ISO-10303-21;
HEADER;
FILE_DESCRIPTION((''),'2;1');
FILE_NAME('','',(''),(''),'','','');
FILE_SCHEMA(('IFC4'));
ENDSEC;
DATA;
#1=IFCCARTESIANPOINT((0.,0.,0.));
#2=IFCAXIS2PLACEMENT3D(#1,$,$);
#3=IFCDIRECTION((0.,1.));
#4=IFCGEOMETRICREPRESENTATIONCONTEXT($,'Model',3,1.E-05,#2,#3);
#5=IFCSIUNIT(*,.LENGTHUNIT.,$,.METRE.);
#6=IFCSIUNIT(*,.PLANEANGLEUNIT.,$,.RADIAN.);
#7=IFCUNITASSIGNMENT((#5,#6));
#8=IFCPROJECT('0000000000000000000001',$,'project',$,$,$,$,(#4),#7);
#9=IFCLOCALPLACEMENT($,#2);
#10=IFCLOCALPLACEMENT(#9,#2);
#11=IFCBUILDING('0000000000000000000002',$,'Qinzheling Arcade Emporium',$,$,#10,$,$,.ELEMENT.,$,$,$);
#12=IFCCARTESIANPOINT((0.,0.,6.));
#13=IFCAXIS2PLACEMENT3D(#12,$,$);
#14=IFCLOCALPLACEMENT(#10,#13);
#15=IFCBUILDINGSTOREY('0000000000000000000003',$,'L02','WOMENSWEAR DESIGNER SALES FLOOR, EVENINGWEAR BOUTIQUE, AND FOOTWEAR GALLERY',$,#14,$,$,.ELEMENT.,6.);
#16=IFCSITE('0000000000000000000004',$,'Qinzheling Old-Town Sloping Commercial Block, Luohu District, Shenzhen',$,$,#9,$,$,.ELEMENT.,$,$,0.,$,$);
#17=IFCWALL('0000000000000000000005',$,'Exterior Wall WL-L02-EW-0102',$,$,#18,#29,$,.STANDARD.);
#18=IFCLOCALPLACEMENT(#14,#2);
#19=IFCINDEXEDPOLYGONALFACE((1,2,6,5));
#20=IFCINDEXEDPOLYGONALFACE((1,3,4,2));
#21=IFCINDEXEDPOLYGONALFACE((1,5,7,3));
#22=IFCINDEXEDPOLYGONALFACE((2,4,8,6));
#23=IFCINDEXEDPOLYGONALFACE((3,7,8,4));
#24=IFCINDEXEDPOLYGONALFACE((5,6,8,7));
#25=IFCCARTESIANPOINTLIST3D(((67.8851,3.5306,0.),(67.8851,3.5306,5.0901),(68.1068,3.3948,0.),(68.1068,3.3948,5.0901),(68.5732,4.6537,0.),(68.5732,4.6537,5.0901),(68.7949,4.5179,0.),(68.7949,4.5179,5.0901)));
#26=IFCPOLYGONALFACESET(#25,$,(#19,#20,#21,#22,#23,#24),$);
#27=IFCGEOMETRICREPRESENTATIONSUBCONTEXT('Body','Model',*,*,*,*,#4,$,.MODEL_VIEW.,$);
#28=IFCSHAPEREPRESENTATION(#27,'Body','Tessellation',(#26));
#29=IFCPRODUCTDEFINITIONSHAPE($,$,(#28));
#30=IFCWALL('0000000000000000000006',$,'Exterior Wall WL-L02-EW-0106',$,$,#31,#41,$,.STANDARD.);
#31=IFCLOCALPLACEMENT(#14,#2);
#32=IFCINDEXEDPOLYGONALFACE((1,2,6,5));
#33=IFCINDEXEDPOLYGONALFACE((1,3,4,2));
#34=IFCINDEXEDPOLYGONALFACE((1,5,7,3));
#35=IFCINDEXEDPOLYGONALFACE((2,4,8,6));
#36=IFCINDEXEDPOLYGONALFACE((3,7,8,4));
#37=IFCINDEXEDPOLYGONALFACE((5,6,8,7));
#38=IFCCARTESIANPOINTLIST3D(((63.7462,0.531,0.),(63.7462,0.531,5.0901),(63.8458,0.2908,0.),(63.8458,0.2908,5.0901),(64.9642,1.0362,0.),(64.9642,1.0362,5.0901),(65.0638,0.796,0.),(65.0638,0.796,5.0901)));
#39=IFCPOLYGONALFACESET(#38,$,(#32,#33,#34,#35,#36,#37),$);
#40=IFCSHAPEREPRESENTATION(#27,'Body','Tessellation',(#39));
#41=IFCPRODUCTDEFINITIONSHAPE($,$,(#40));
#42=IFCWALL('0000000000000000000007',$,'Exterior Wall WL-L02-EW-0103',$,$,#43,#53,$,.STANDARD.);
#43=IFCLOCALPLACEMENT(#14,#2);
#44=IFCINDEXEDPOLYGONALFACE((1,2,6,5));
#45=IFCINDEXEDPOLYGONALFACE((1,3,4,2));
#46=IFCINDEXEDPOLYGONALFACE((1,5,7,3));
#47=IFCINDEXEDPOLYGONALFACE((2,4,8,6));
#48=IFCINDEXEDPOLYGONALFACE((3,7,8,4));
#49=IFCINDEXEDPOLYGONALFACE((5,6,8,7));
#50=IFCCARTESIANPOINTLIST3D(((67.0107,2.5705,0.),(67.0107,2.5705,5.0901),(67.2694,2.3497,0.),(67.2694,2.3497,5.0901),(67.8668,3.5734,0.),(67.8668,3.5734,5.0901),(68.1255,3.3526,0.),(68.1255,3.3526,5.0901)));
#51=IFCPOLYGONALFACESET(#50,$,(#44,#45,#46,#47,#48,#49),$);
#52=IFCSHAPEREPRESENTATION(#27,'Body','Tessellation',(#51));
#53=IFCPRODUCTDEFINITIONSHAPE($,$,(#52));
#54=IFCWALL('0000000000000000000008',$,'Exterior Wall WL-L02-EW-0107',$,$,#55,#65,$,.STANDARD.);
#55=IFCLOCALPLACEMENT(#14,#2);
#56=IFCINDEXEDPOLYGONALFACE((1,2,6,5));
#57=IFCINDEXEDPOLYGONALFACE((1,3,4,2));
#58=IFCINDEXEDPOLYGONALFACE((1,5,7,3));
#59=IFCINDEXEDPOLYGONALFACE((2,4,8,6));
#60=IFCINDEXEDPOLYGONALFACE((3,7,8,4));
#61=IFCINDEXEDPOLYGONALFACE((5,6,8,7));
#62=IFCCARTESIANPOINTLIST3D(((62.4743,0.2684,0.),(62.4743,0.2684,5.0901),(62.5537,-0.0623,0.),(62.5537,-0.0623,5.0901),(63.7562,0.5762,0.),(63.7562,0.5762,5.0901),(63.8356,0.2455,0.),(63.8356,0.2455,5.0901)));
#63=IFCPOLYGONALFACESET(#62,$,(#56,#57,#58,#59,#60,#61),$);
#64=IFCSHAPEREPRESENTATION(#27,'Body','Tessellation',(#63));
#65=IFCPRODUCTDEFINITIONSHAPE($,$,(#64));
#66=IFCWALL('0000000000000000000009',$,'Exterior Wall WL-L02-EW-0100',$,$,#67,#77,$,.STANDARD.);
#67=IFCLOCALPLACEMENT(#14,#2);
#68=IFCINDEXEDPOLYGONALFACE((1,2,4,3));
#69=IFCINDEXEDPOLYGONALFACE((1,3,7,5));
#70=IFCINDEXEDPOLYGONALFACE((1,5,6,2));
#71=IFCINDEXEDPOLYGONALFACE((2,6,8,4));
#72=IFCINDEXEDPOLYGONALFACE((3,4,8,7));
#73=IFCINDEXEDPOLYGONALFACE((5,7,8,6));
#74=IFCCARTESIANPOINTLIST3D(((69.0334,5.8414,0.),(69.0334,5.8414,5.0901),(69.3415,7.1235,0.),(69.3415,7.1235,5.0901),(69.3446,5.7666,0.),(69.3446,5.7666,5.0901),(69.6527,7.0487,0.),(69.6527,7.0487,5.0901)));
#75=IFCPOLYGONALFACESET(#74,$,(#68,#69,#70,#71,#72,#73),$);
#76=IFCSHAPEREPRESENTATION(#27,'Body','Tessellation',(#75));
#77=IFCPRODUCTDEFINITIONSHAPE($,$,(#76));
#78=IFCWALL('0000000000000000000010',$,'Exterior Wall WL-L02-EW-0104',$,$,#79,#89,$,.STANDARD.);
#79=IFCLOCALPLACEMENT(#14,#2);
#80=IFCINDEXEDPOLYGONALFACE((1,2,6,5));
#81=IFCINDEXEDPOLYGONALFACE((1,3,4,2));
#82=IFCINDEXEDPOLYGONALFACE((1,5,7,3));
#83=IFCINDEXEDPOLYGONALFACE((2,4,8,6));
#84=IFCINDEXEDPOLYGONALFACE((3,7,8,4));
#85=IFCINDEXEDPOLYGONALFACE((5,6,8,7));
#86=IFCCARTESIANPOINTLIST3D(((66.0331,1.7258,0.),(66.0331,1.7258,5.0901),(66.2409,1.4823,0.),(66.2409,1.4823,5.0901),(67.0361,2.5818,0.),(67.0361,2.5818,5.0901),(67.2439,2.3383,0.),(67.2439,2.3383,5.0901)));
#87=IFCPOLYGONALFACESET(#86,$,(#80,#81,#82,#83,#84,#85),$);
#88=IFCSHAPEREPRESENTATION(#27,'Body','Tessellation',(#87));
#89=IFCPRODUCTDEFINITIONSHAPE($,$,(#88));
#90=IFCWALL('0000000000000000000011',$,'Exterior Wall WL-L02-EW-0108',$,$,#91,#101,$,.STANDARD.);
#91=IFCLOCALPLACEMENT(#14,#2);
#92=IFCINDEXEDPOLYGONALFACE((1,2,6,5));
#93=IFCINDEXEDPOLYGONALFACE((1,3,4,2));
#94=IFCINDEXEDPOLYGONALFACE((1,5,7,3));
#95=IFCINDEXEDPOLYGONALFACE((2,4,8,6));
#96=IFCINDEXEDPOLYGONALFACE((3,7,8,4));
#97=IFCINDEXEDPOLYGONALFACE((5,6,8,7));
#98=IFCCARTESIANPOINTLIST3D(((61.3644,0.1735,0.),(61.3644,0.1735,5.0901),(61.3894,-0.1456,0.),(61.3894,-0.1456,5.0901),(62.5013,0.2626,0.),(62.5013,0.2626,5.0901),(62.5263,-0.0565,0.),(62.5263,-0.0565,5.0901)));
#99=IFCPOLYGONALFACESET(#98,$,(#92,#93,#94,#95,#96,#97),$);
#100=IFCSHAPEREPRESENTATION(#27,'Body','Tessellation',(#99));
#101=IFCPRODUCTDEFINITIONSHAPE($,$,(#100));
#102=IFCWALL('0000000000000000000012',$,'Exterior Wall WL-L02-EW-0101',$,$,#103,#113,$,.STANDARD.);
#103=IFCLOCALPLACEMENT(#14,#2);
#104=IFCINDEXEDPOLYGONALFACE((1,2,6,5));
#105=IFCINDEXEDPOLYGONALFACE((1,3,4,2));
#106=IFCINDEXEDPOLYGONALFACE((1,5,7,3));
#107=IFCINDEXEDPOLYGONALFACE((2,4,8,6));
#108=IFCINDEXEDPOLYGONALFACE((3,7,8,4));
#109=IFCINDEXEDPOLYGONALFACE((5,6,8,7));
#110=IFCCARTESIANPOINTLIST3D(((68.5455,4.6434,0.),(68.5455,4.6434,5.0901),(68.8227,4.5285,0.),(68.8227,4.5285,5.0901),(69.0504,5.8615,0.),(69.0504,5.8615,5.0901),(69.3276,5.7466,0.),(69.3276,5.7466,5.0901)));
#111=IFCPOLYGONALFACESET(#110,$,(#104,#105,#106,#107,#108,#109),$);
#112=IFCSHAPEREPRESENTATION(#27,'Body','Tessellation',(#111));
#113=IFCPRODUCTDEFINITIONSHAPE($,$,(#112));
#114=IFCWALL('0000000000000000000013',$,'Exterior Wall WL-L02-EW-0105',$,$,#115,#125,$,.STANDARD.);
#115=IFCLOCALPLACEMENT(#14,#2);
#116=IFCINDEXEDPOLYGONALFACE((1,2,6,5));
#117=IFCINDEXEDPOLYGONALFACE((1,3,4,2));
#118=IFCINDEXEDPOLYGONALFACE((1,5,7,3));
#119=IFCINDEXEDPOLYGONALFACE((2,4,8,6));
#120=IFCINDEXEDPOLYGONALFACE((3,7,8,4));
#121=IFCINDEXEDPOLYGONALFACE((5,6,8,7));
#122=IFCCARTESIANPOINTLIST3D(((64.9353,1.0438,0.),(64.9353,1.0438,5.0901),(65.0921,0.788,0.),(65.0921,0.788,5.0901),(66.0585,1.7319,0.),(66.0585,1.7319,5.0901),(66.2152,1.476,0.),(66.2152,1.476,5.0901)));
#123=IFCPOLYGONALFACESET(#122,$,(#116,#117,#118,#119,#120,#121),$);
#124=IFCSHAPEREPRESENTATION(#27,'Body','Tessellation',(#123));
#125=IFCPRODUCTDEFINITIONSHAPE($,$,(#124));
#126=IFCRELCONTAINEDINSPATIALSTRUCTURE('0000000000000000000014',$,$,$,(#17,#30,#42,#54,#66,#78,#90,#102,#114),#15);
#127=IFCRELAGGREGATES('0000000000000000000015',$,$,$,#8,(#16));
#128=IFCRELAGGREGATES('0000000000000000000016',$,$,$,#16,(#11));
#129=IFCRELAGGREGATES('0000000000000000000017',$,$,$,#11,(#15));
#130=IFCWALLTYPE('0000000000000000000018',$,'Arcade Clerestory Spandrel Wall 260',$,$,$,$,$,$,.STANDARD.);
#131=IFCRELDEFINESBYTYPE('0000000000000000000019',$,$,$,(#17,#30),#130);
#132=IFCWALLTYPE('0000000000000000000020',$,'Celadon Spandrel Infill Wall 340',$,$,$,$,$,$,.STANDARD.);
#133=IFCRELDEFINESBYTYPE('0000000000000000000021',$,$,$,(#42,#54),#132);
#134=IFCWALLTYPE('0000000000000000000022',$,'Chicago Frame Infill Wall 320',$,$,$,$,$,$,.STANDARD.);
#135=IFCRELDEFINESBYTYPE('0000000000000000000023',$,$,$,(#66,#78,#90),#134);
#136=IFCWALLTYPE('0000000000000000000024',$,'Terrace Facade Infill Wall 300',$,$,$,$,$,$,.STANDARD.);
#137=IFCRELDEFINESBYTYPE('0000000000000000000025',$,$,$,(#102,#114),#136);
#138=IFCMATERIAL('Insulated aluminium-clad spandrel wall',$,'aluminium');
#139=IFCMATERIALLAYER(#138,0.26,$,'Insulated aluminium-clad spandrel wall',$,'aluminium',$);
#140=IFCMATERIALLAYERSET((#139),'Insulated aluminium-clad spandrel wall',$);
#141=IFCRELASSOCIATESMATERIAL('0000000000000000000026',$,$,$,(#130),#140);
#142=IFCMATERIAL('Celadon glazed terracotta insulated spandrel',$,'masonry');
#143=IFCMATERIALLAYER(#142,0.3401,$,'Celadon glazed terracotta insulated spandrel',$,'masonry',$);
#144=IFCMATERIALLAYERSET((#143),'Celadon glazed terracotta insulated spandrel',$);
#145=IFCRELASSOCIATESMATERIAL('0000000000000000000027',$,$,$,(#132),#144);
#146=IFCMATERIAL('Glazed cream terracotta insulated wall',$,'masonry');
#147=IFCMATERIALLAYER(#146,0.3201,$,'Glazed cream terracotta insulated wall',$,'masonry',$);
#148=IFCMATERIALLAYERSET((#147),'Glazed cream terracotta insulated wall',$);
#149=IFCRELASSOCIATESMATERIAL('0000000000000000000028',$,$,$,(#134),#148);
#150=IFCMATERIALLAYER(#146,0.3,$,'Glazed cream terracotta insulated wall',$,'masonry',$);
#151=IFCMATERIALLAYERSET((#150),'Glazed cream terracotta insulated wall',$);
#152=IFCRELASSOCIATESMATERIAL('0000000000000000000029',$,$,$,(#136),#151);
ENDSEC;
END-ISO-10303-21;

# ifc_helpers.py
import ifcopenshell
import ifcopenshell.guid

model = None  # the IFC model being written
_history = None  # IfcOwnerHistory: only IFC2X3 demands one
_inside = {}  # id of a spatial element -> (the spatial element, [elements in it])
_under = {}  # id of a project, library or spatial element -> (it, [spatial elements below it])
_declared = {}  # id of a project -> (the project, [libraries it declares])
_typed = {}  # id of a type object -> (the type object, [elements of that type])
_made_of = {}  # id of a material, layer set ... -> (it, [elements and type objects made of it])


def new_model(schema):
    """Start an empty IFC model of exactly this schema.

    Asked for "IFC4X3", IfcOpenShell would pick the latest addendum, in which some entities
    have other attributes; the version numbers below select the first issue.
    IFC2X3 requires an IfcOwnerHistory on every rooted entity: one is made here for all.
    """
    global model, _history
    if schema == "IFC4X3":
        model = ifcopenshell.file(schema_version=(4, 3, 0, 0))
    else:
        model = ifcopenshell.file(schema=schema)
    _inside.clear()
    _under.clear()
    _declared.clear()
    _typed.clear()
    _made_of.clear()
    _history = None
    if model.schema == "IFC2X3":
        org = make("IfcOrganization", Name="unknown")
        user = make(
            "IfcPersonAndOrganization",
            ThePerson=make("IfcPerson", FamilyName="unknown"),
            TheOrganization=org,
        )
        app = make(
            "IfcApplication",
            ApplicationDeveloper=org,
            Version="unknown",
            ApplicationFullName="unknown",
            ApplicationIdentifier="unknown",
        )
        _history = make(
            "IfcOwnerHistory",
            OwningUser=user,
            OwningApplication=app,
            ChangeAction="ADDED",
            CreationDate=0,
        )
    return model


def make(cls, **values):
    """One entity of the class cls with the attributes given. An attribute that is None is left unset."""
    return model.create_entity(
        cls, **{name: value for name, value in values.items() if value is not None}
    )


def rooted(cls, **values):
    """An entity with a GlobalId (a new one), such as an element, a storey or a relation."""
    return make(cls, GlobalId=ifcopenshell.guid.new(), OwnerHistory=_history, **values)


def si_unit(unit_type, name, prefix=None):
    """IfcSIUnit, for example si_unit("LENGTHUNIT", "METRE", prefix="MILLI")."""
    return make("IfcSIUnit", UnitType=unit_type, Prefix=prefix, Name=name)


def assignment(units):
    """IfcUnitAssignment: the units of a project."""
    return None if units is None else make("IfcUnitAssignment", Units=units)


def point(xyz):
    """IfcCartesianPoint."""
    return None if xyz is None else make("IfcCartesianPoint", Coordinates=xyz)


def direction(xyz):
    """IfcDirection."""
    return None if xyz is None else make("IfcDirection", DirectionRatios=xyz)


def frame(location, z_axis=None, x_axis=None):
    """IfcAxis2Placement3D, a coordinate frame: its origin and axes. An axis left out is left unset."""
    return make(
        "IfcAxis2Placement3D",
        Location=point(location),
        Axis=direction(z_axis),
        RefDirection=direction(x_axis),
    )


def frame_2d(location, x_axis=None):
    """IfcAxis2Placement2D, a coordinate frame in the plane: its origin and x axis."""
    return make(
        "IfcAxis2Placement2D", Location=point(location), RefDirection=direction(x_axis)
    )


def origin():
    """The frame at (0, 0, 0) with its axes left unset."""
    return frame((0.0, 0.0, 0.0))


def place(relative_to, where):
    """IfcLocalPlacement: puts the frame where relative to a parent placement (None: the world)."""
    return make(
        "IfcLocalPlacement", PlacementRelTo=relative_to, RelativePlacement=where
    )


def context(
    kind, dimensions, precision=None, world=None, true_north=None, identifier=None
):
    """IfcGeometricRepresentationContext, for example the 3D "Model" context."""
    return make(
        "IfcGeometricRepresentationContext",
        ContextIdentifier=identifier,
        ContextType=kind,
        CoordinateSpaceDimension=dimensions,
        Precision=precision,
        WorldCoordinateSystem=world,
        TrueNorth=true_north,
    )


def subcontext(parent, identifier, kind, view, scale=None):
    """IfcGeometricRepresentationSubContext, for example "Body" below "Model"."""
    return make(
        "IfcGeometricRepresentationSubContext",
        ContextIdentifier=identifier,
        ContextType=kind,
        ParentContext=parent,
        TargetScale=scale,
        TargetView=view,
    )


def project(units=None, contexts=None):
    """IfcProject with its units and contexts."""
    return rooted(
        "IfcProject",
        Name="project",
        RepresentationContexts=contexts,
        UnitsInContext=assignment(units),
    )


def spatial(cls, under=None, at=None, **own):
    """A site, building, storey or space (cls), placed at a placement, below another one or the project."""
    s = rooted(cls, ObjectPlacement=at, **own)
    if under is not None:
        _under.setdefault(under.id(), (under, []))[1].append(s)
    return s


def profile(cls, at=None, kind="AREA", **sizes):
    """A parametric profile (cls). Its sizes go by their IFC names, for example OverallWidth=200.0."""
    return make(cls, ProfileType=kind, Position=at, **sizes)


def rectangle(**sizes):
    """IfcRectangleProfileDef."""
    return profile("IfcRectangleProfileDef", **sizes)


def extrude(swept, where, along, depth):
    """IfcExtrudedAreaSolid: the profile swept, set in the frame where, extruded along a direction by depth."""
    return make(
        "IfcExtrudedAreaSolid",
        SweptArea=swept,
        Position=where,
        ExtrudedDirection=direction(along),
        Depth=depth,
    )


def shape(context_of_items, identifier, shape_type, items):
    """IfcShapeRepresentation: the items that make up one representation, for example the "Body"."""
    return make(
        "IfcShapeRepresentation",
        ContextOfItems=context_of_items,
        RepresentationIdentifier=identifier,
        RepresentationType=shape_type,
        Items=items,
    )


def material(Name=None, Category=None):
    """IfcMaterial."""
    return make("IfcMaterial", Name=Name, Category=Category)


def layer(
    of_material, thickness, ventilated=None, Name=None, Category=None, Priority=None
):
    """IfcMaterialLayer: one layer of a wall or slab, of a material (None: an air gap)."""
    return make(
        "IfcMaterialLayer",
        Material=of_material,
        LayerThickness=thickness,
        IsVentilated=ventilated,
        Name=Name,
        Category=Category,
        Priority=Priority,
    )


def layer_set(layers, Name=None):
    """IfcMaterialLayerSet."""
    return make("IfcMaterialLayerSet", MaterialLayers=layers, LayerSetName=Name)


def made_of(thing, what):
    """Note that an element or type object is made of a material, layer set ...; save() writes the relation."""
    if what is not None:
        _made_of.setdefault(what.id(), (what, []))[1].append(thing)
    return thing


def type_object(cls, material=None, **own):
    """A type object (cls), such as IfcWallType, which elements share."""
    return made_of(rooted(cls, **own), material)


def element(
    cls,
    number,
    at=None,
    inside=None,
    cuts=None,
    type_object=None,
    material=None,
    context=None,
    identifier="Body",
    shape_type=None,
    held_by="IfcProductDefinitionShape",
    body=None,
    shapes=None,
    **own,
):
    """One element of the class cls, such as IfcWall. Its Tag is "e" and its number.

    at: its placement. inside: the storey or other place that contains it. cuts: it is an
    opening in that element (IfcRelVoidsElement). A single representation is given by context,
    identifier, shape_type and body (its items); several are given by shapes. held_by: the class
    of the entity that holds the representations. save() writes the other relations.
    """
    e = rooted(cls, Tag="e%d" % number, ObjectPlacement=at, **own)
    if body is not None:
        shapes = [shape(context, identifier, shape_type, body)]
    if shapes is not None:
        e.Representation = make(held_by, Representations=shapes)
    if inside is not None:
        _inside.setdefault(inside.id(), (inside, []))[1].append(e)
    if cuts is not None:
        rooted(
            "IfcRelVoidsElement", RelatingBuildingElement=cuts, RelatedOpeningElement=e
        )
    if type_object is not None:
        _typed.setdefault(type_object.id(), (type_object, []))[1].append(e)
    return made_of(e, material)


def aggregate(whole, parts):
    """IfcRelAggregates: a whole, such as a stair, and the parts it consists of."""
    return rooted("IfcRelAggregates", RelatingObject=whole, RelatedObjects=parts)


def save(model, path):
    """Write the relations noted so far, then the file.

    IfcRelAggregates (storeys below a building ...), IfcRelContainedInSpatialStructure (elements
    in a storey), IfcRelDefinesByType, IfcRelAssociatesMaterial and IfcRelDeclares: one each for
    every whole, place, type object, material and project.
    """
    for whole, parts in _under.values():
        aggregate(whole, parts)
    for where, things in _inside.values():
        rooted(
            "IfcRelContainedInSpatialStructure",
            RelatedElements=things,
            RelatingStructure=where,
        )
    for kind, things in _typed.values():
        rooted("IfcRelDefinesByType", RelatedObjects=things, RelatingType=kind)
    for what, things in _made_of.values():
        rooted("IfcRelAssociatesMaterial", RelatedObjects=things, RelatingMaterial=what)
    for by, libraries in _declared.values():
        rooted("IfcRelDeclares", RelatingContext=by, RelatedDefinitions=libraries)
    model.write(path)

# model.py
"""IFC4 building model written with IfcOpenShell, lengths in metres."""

from ifc_helpers import new_model, si_unit, direction, frame, frame_2d, origin, place, context, subcontext, project, spatial, rectangle, extrude, material, layer, layer_set, type_object, element, save


model = new_model("IFC4")

# Units and contexts
model_context = context("Model", 3, precision=1e-05, world=origin(), true_north=direction((0.0, 1.0)))
body_context = subcontext(model_context, "Body", "Model", "MODEL_VIEW")
ifc_project = project(units=[si_unit("LENGTHUNIT", "METRE"), si_unit("PLANEANGLEUNIT", "RADIAN")], contexts=[model_context])

# Site, building, storey
site_placement = place(None, origin())
site = spatial("IfcSite", under=ifc_project, at=site_placement, Name="Qinzheling Old-Town Sloping Commercial Block, Luohu District, Shenzhen", CompositionType="ELEMENT", RefElevation=0.0)
building_placement = place(site_placement, origin())
building = spatial("IfcBuilding", under=site, at=building_placement, Name="Qinzheling Arcade Emporium", CompositionType="ELEMENT")
storey_placement = place(building_placement, frame((0.0, 0.0, 6.0)))
storey = spatial("IfcBuildingStorey", under=building, at=storey_placement, Name="L02", Description="WOMENSWEAR DESIGNER SALES FLOOR, EVENINGWEAR BOUTIQUE, AND FOOTWEAR GALLERY", CompositionType="ELEMENT", Elevation=6.0)

# Walls
ifc_material_1 = material(Name="Insulated aluminium-clad spandrel wall", Category="aluminium")
ifc_layer_1 = layer(ifc_material_1, 0.26, Name="Insulated aluminium-clad spandrel wall", Category="aluminium")
ifc_layer_set_1 = layer_set([ifc_layer_1], Name="Insulated aluminium-clad spandrel wall")
wall_type_1 = type_object("IfcWallType", Name="Arcade Clerestory Spandrel Wall 260", PredefinedType="STANDARD", material=ifc_layer_set_1)
wall_1_placement = place(storey_placement, frame((68.6841, 4.5859, 0.0), z_axis=(0.0, 0.0, 1.0), x_axis=(-0.522379, -0.852713, 0.0)))
element("IfcWall", 1, at=wall_1_placement, inside=storey, type_object=wall_type_1, Name="Exterior Wall WL-L02-EW-0102", PredefinedType="STANDARD", context=body_context, shape_type="SweptSolid", body=[
    extrude(rectangle(XDim=1.3171, YDim=0.26, at=frame_2d((0.6587, 0.0))), origin(), (0.0, 0.0, 1.0), 5.0901),
])
wall_2_placement = place(storey_placement, frame((65.0139, 0.916, 0.0), z_axis=(0.0, 0.0, 1.0), x_axis=(-0.923717, -0.383077, 0.0)))
element("IfcWall", 2, at=wall_2_placement, inside=storey, type_object=wall_type_1, Name="Exterior Wall WL-L02-EW-0106", PredefinedType="STANDARD", context=body_context, shape_type="SweptSolid", body=[
    extrude(rectangle(XDim=1.3186, YDim=0.26, at=frame_2d((0.6592, 0.0))), origin(), (0.0, 0.0, 1.0), 5.0901),
])
ifc_material_2 = material(Name="Celadon glazed terracotta insulated spandrel", Category="masonry")
ifc_layer_2 = layer(ifc_material_2, 0.3401, Name="Celadon glazed terracotta insulated spandrel", Category="masonry")
ifc_layer_set_2 = layer_set([ifc_layer_2], Name="Celadon glazed terracotta insulated spandrel")
wall_type_2 = type_object("IfcWallType", Name="Celadon Spandrel Infill Wall 340", PredefinedType="STANDARD", material=ifc_layer_set_2)
wall_3_placement = place(storey_placement, frame((67.9961, 3.4629, 0.0), z_axis=(0.0, 0.0, 1.0), x_axis=(-0.649281, -0.760549, 0.0)))
element("IfcWall", 3, at=wall_3_placement, inside=storey, type_object=wall_type_2, Name="Exterior Wall WL-L02-EW-0103", PredefinedType="STANDARD", context=body_context, shape_type="SweptSolid", body=[
    extrude(rectangle(XDim=1.3186, YDim=0.3401, at=frame_2d((0.6592, 0.0))), origin(), (0.0, 0.0, 1.0), 5.0901),
])
wall_4_placement = place(storey_placement, frame((63.7959, 0.4109, 0.0), z_axis=(0.0, 0.0, 1.0), x_axis=(-0.972355, -0.233506, 0.0)))
element("IfcWall", 4, at=wall_4_placement, inside=storey, type_object=wall_type_2, Name="Exterior Wall WL-L02-EW-0107", PredefinedType="STANDARD", context=body_context, shape_type="SweptSolid", body=[
    extrude(rectangle(XDim=1.3184, YDim=0.3401, at=frame_2d((0.6592, 0.0))), origin(), (0.0, 0.0, 1.0), 5.0901),
])
ifc_material_3 = material(Name="Glazed cream terracotta insulated wall", Category="masonry")
ifc_layer_3 = layer(ifc_material_3, 0.3201, Name="Glazed cream terracotta insulated wall", Category="masonry")
ifc_layer_set_3 = layer_set([ifc_layer_3], Name="Glazed cream terracotta insulated wall")
wall_type_3 = type_object("IfcWallType", Name="Chicago Frame Infill Wall 320", PredefinedType="STANDARD", material=ifc_layer_set_3)
for number, where, z_axis, x_axis, name in (
    (5, (69.4971, 7.0859, 0.0), (0.0, 0.0, 1.0), (-0.233681, -0.972313, 0.0), "Exterior Wall WL-L02-EW-0100"),
    (6, (67.1399, 2.46, 0.0), (0.0, 0.0, 1.0), (-0.76064, -0.649174, 0.0), "Exterior Wall WL-L02-EW-0104"),
):
    element("IfcWall", number, at=place(storey_placement, frame(where, z_axis=z_axis, x_axis=x_axis)), inside=storey, type_object=wall_type_3, Name=name, PredefinedType="STANDARD", context=body_context, shape_type="SweptSolid", body=[
        extrude(rectangle(XDim=1.3186, YDim=0.3201, at=frame_2d((0.6592, 0.0))), origin(), (0.0, 0.0, 1.0), 5.0901),
    ])
wall_5_placement = place(storey_placement, frame((62.5139, 0.103, 0.0), z_axis=(0.0, 0.0, 1.0), x_axis=(-0.996943, -0.078137, 0.0)))
element("IfcWall", 7, at=wall_5_placement, inside=storey, type_object=wall_type_3, Name="Exterior Wall WL-L02-EW-0108", PredefinedType="STANDARD", context=body_context, shape_type="SweptSolid", body=[
    extrude(rectangle(XDim=1.1404, YDim=0.3201, at=frame_2d((0.5703, 0.0))), origin(), (0.0, 0.0, 1.0), 5.0901),
])
ifc_layer_4 = layer(ifc_material_3, 0.3, Name="Glazed cream terracotta insulated wall", Category="masonry")
ifc_layer_set_4 = layer_set([ifc_layer_4], Name="Glazed cream terracotta insulated wall")
wall_type_4 = type_object("IfcWallType", Name="Terrace Facade Infill Wall 300", PredefinedType="STANDARD", material=ifc_layer_set_4)
wall_6_placement = place(storey_placement, frame((69.189, 5.804, 0.0), z_axis=(0.0, 0.0, 1.0), x_axis=(-0.382919, -0.923782, 0.0)))
element("IfcWall", 8, at=wall_6_placement, inside=storey, type_object=wall_type_4, Name="Exterior Wall WL-L02-EW-0101", PredefinedType="STANDARD", context=body_context, shape_type="SweptSolid", body=[
    extrude(rectangle(XDim=1.3186, YDim=0.3, at=frame_2d((0.6592, 0.0))), origin(), (0.0, 0.0, 1.0), 5.0901),
])
wall_7_placement = place(storey_placement, frame((66.137, 1.604, 0.0), z_axis=(0.0, 0.0, 1.0), x_axis=(-0.852713, -0.522379, 0.0)))
element("IfcWall", 9, at=wall_7_placement, inside=storey, type_object=wall_type_4, Name="Exterior Wall WL-L02-EW-0105", PredefinedType="STANDARD", context=body_context, shape_type="SweptSolid", body=[
    extrude(rectangle(XDim=1.3171, YDim=0.3, at=frame_2d((0.6587, 0.0))), origin(), (0.0, 0.0, 1.0), 5.0901),
])

save(model, "model.ifc")
